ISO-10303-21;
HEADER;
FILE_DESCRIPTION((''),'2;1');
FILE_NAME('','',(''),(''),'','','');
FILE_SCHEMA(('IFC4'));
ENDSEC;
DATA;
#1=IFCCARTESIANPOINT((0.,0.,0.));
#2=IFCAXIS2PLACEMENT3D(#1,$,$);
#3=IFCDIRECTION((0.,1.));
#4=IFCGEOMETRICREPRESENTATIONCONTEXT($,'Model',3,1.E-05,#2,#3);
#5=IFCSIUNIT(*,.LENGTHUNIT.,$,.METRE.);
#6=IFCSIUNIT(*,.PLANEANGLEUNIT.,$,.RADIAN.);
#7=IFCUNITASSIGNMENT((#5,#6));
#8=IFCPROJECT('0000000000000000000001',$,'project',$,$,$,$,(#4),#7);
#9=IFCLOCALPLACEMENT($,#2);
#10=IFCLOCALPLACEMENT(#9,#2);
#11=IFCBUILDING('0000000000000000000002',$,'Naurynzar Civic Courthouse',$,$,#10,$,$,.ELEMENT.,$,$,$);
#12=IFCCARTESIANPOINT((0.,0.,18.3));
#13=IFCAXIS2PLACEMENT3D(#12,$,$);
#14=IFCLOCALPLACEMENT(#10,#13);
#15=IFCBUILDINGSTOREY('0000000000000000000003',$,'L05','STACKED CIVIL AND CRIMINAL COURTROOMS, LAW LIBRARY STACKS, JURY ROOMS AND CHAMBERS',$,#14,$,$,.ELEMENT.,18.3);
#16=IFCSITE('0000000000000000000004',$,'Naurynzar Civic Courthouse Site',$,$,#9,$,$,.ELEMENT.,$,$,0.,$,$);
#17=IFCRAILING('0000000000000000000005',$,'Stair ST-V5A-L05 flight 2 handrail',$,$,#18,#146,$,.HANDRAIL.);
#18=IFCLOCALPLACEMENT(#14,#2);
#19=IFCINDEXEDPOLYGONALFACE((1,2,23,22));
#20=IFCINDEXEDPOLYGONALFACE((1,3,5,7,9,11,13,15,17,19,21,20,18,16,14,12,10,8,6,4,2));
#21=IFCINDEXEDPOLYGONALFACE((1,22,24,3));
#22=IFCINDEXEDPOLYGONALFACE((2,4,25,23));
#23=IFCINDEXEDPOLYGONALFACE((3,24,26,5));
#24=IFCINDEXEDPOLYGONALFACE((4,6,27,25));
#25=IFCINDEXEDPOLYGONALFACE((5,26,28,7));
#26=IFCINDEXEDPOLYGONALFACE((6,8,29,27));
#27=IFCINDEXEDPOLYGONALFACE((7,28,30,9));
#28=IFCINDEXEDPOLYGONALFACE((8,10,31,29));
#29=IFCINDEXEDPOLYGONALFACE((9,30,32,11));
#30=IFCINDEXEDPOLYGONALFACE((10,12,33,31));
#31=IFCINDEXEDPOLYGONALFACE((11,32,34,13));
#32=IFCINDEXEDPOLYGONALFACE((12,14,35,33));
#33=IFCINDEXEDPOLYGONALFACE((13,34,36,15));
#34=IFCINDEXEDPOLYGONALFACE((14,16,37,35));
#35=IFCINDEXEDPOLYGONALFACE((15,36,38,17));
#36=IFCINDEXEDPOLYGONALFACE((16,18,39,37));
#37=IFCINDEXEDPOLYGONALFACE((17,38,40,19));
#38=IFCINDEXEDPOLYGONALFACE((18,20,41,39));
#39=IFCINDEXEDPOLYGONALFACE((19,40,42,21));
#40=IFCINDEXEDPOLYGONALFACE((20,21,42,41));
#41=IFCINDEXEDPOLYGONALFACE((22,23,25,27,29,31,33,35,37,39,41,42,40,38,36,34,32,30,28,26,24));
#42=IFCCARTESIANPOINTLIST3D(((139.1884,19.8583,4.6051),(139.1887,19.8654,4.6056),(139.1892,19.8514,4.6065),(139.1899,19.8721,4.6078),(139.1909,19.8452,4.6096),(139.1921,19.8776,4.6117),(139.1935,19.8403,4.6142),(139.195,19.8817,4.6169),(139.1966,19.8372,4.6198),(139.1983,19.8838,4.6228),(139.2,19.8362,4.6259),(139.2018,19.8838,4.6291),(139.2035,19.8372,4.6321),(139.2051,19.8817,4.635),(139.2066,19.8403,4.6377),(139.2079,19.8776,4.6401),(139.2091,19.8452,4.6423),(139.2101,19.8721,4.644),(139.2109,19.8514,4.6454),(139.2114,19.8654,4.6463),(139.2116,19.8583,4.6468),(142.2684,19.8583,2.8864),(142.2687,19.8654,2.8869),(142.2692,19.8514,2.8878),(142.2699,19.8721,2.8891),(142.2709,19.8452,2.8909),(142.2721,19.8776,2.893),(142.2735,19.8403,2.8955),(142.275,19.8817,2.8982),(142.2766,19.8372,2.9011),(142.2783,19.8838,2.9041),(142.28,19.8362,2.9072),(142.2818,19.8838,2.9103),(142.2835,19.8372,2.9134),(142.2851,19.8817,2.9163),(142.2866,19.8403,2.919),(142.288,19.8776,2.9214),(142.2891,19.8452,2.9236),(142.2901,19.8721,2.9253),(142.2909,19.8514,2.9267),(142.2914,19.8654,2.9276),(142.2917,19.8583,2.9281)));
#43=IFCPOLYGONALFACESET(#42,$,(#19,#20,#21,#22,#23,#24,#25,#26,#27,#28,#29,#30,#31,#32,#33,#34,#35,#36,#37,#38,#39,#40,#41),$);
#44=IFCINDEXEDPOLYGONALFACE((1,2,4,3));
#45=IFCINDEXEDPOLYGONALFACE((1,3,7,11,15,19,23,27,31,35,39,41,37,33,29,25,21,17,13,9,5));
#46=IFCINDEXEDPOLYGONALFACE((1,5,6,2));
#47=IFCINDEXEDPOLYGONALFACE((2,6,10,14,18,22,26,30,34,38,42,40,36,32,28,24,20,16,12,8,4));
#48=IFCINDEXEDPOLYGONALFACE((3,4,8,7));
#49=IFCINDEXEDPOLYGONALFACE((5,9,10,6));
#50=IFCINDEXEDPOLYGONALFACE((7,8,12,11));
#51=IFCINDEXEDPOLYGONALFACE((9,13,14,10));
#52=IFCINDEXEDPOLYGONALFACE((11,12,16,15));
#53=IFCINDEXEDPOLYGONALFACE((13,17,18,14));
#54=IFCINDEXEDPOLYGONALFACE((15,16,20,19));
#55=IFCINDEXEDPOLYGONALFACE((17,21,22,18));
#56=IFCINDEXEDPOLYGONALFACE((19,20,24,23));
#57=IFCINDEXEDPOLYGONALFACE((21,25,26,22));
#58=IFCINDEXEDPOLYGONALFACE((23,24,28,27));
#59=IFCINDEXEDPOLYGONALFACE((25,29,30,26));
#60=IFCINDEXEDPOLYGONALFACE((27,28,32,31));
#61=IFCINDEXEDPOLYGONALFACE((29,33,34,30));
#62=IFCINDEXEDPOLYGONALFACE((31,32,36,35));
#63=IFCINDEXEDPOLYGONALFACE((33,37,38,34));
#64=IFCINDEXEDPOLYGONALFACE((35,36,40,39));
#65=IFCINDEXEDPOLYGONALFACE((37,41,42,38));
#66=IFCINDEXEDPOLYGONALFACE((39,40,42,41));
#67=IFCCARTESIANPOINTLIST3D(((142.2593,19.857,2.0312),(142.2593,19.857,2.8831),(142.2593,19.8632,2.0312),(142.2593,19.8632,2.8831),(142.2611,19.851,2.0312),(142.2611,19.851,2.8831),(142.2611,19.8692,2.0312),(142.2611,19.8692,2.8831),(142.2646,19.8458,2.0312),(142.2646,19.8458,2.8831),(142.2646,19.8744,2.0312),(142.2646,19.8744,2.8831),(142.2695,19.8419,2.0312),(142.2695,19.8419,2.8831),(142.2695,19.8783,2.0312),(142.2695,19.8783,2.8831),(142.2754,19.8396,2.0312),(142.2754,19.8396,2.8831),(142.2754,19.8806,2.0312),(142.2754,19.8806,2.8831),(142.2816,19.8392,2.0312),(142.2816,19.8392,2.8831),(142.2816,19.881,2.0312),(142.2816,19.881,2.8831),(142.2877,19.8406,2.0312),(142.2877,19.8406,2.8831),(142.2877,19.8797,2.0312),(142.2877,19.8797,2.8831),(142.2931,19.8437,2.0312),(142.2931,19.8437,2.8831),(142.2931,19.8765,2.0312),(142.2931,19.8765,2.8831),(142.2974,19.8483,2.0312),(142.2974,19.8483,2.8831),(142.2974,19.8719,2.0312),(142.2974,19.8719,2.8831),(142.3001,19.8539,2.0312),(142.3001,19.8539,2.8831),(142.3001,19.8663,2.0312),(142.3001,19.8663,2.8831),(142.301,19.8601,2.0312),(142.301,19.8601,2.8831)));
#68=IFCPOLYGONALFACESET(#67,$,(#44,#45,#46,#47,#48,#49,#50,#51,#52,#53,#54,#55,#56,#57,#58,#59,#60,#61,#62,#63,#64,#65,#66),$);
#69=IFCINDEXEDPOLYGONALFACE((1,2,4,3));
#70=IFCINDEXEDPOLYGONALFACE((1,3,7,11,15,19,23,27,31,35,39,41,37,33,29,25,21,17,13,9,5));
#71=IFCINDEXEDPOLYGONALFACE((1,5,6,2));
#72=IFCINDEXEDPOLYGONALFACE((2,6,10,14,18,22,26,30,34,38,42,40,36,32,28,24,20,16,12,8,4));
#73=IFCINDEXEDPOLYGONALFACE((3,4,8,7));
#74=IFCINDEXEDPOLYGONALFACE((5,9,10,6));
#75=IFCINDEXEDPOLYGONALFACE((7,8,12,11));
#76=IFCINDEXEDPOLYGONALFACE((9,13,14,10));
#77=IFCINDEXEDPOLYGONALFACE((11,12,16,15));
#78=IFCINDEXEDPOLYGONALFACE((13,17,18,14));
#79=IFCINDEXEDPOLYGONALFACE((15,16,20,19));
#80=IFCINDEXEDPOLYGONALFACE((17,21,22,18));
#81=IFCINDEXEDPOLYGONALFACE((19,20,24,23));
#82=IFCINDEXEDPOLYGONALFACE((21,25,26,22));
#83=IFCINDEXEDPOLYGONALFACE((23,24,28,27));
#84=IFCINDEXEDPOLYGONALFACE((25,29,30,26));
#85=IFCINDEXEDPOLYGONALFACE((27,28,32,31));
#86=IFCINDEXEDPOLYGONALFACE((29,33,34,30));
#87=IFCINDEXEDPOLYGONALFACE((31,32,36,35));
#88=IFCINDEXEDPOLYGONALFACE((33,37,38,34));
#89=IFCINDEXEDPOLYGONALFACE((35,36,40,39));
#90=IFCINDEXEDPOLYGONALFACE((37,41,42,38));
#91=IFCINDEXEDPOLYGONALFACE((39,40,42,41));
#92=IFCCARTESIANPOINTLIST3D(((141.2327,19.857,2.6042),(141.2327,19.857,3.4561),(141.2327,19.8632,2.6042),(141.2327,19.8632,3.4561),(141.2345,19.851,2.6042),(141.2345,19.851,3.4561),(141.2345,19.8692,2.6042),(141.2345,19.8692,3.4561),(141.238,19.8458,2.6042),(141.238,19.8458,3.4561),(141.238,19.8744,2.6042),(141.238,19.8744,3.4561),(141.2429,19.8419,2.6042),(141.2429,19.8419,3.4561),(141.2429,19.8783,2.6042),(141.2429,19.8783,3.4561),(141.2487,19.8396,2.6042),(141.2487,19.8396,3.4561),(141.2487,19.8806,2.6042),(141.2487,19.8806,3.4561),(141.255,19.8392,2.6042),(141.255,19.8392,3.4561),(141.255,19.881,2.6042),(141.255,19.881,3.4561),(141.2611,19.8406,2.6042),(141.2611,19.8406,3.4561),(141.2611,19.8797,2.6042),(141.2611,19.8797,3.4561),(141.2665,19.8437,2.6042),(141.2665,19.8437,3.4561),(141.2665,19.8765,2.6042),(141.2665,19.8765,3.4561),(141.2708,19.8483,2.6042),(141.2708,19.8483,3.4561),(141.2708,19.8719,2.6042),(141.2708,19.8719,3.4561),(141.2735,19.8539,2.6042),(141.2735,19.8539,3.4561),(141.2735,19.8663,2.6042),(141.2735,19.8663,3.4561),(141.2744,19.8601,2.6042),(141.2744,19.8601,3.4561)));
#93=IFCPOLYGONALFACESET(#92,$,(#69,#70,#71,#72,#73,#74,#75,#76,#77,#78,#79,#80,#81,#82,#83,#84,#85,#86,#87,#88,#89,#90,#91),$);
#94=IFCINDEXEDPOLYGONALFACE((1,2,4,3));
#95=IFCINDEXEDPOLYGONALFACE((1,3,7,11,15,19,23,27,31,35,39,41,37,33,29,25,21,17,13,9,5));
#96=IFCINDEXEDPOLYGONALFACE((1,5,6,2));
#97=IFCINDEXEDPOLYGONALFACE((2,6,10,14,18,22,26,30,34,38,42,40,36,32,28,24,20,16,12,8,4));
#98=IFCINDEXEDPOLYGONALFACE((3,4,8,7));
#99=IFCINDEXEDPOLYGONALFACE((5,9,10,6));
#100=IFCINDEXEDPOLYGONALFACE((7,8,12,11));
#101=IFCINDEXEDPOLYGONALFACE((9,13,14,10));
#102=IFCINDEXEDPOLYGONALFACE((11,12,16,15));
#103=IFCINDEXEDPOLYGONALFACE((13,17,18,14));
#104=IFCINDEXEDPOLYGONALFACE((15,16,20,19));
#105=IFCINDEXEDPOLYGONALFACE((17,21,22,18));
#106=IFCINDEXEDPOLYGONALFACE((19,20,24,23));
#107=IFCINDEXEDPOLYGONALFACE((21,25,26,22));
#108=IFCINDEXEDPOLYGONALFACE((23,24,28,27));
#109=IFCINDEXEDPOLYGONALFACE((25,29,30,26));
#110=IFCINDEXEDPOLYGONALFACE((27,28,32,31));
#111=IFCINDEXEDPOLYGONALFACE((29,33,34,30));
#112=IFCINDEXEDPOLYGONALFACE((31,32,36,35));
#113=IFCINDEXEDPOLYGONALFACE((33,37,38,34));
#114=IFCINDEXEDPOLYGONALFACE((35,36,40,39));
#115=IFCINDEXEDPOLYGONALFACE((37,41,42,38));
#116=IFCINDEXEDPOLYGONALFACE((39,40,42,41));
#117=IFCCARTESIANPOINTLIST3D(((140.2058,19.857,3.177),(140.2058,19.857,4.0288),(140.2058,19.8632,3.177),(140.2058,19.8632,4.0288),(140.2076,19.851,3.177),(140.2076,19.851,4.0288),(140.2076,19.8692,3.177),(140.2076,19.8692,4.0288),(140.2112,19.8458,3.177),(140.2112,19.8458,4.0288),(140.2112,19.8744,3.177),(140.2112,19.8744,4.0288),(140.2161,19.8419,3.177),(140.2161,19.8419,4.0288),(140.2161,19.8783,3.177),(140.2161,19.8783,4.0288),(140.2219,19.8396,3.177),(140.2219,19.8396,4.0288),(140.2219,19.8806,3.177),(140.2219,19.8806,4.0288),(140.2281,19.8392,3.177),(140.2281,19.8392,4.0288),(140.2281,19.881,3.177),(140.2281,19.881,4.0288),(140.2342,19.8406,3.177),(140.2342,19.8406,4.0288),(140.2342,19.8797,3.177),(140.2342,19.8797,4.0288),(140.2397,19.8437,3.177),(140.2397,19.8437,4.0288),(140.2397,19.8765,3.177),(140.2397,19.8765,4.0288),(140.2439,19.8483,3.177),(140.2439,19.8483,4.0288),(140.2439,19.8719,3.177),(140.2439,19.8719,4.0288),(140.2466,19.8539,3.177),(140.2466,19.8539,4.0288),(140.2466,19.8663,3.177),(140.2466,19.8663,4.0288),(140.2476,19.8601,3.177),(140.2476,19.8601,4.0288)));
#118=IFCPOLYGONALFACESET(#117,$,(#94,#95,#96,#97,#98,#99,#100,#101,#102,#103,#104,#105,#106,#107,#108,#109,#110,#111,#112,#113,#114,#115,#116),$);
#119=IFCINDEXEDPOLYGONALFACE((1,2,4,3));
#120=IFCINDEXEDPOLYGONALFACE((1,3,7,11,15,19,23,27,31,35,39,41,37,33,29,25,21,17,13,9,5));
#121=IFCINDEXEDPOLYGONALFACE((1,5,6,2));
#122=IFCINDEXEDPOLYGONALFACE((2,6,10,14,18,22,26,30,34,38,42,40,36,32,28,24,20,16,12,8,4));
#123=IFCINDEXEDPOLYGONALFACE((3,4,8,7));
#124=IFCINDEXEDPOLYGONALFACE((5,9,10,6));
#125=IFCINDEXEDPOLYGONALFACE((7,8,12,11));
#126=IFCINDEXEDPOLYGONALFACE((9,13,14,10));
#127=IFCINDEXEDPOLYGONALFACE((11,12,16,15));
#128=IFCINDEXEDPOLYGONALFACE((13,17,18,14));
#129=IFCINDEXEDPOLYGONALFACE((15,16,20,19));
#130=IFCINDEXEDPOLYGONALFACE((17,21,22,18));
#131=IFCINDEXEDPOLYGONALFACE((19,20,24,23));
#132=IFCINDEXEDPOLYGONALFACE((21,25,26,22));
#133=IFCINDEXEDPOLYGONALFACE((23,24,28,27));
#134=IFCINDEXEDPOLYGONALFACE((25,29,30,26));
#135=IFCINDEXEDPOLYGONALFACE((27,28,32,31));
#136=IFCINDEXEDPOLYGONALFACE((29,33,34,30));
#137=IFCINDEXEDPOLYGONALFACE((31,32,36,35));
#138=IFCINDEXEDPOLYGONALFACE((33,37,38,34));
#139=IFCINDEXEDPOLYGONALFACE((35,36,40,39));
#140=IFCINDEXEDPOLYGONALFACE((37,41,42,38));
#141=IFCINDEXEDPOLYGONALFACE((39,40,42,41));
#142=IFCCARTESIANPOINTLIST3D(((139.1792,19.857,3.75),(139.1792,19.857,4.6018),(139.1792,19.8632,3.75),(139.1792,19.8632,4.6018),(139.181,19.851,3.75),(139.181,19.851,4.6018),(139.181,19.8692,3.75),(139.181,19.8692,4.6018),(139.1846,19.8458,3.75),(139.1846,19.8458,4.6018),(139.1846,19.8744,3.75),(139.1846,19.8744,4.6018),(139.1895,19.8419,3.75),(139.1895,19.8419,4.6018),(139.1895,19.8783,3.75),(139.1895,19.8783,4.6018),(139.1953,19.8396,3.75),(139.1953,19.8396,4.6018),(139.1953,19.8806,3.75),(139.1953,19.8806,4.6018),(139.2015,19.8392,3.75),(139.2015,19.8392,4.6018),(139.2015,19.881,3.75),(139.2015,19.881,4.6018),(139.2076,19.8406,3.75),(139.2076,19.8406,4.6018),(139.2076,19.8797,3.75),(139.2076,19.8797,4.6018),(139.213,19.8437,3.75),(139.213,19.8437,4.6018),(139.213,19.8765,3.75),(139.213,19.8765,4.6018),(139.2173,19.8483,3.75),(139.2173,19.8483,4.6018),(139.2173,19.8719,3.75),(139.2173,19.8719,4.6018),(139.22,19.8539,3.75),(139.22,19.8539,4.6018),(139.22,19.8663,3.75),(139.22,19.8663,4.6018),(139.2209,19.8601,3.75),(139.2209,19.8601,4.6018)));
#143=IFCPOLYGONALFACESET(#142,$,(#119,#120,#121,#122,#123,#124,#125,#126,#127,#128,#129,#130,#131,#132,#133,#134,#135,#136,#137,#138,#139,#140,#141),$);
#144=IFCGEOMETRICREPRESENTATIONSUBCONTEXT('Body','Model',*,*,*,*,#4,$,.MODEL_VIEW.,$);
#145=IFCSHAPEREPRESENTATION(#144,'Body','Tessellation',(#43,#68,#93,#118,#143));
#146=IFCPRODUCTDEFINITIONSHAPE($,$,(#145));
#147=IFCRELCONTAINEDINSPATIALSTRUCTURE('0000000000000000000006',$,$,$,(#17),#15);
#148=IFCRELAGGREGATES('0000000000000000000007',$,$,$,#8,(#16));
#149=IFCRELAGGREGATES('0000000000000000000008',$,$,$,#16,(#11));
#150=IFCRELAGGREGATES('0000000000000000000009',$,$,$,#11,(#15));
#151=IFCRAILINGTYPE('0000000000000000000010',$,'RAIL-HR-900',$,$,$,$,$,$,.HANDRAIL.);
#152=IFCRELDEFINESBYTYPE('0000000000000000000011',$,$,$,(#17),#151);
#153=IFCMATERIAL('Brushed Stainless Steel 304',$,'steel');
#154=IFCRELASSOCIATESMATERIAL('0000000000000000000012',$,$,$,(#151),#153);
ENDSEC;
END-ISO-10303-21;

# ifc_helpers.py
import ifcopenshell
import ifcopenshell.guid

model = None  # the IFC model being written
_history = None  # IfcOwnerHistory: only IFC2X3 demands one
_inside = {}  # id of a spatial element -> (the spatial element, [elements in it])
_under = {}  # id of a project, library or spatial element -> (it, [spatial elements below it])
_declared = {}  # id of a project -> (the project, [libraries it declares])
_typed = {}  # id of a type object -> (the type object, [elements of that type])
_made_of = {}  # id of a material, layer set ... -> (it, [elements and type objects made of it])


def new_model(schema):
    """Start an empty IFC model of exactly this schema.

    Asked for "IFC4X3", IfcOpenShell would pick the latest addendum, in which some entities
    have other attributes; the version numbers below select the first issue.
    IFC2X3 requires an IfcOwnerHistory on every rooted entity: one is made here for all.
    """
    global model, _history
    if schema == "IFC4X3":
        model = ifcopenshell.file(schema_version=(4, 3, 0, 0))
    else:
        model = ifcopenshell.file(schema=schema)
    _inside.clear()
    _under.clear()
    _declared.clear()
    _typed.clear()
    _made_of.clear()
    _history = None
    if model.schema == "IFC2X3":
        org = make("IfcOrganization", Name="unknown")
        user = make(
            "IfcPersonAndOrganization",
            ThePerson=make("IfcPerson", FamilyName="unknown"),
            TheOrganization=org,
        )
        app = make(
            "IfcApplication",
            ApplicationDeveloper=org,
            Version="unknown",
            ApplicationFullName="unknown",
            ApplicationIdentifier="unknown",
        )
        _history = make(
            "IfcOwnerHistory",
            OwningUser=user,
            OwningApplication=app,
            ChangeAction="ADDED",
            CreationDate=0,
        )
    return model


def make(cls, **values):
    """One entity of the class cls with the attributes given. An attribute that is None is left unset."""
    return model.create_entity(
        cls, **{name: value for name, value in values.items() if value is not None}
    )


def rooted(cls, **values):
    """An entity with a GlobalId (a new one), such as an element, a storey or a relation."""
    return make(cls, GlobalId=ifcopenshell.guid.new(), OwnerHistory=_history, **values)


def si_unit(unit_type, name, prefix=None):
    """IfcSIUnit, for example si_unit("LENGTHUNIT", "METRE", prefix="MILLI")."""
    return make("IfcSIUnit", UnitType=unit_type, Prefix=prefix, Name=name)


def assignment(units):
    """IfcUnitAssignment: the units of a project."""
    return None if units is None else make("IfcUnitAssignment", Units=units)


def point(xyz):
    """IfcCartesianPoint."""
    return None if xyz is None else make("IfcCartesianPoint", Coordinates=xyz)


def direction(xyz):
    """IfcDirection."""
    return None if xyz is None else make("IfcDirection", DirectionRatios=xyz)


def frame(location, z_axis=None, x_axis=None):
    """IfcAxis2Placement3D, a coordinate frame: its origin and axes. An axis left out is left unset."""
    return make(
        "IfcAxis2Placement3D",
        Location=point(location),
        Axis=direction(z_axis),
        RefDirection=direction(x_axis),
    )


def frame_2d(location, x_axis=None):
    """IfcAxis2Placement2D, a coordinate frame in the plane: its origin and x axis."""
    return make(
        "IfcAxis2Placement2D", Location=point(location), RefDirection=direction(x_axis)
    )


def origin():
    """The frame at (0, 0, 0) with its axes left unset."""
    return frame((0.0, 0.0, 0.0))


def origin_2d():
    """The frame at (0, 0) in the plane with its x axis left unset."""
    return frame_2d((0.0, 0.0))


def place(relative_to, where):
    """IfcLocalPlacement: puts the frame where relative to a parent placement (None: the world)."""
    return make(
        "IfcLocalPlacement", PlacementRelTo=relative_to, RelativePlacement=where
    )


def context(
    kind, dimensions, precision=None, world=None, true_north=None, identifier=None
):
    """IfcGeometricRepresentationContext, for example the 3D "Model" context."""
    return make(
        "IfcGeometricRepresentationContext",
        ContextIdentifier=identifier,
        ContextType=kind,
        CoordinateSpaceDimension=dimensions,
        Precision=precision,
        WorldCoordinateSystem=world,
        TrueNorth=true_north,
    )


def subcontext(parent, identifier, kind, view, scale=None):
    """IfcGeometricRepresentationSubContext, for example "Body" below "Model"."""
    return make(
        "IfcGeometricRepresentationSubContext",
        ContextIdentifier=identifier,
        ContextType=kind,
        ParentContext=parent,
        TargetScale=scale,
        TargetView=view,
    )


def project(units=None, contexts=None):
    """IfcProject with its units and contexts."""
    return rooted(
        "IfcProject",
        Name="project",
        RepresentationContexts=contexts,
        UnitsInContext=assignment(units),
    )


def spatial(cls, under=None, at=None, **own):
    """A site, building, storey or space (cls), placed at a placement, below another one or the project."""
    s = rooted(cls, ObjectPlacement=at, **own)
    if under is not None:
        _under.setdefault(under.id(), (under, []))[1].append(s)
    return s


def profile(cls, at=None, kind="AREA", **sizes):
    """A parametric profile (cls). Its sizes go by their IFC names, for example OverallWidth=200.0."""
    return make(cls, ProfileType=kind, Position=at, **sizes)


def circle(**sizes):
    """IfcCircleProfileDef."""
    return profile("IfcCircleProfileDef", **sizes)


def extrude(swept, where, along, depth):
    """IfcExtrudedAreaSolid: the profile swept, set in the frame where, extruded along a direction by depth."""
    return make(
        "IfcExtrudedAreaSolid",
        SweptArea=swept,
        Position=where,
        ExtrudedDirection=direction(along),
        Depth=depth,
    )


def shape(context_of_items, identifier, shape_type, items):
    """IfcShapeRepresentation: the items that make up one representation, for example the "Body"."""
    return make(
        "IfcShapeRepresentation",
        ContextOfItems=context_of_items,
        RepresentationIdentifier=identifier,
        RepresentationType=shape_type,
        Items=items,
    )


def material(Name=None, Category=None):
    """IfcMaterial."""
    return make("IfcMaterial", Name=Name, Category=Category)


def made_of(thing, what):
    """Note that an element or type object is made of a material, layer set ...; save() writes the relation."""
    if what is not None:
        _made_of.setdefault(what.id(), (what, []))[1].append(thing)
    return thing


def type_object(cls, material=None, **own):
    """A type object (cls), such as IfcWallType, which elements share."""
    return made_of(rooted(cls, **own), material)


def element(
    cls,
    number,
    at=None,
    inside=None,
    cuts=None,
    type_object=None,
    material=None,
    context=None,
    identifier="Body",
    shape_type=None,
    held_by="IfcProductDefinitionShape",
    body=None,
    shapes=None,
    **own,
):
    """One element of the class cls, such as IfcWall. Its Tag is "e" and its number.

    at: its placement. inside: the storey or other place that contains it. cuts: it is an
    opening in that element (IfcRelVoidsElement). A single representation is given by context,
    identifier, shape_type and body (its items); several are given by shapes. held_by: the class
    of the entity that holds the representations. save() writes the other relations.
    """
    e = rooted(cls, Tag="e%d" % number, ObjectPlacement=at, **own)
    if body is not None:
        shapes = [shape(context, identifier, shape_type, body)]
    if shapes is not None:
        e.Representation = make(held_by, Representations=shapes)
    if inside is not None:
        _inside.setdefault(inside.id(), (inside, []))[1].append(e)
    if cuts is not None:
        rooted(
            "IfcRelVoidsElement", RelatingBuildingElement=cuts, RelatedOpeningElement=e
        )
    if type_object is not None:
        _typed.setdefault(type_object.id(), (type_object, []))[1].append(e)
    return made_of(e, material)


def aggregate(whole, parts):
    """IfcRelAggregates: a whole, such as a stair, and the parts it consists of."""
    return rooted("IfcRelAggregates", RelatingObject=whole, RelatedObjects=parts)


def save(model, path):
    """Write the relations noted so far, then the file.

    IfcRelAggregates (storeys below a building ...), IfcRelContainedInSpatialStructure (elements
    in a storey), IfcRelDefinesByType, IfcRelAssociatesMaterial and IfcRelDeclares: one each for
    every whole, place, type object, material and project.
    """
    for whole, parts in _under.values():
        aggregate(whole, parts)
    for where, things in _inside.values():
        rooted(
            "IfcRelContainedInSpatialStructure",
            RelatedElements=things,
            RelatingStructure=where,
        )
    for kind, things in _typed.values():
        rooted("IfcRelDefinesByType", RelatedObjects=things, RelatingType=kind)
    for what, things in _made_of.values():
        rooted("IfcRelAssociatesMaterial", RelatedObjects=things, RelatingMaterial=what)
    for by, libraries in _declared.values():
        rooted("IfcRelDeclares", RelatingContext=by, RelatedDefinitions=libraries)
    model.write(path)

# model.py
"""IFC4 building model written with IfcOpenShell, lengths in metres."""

from ifc_helpers import new_model, si_unit, direction, frame, origin, origin_2d, place, context, subcontext, project, spatial, circle, extrude, material, type_object, element, save


model = new_model("IFC4")

# Units and contexts
model_context = context("Model", 3, precision=1e-05, world=origin(), true_north=direction((0.0, 1.0)))
body_context = subcontext(model_context, "Body", "Model", "MODEL_VIEW")
ifc_project = project(units=[si_unit("LENGTHUNIT", "METRE"), si_unit("PLANEANGLEUNIT", "RADIAN")], contexts=[model_context])

# Site, building, storey
site_placement = place(None, origin())
site = spatial("IfcSite", under=ifc_project, at=site_placement, Name="Naurynzar Civic Courthouse Site", CompositionType="ELEMENT", RefElevation=0.0)
building_placement = place(site_placement, origin())
building = spatial("IfcBuilding", under=site, at=building_placement, Name="Naurynzar Civic Courthouse", CompositionType="ELEMENT")
storey_placement = place(building_placement, frame((0.0, 0.0, 18.3)))
storey = spatial("IfcBuildingStorey", under=building, at=storey_placement, Name="L05", Description="STACKED CIVIL AND CRIMINAL COURTROOMS, LAW LIBRARY STACKS, JURY ROOMS AND CHAMBERS", CompositionType="ELEMENT", Elevation=18.3)

# Railing
ifc_material_1 = material(Name="Brushed Stainless Steel 304", Category="steel")
railing_type_1 = type_object("IfcRailingType", Name="RAIL-HR-900", PredefinedType="HANDRAIL", material=ifc_material_1)
railing_1_placement = place(storey_placement, frame((142.28, 19.8601, 2.0312)))
element("IfcRailing", 1, at=railing_1_placement, inside=storey, type_object=railing_type_1, Name="Stair ST-V5A-L05 flight 2 handrail", PredefinedType="HANDRAIL", context=body_context, shape_type="SweptSolid", body=[
    extrude(circle(Radius=0.0239, at=origin_2d()), frame((0.0, 0.0, 0.876), z_axis=(-0.873242, 0.0, 0.487288), x_axis=(0.0, -1.0, 0.0)), (0.0, 0.0, 1.0), 3.5271),
    extrude(circle(Radius=0.021, at=origin_2d()), origin(), (0.0, 0.0, 1.0), 0.8518),
    extrude(circle(Radius=0.021, at=origin_2d()), frame((-1.0266, 0.0, 0.573)), (0.0, 0.0, 1.0), 0.8518),
    extrude(circle(Radius=0.021, at=origin_2d()), frame((-2.0535, 0.0, 1.1458)), (0.0, 0.0, 1.0), 0.8518),
    extrude(circle(Radius=0.021, at=origin_2d()), frame((-3.0801, 0.0, 1.7188)), (0.0, 0.0, 1.0), 0.8518),
])

save(model, "model.ifc")
